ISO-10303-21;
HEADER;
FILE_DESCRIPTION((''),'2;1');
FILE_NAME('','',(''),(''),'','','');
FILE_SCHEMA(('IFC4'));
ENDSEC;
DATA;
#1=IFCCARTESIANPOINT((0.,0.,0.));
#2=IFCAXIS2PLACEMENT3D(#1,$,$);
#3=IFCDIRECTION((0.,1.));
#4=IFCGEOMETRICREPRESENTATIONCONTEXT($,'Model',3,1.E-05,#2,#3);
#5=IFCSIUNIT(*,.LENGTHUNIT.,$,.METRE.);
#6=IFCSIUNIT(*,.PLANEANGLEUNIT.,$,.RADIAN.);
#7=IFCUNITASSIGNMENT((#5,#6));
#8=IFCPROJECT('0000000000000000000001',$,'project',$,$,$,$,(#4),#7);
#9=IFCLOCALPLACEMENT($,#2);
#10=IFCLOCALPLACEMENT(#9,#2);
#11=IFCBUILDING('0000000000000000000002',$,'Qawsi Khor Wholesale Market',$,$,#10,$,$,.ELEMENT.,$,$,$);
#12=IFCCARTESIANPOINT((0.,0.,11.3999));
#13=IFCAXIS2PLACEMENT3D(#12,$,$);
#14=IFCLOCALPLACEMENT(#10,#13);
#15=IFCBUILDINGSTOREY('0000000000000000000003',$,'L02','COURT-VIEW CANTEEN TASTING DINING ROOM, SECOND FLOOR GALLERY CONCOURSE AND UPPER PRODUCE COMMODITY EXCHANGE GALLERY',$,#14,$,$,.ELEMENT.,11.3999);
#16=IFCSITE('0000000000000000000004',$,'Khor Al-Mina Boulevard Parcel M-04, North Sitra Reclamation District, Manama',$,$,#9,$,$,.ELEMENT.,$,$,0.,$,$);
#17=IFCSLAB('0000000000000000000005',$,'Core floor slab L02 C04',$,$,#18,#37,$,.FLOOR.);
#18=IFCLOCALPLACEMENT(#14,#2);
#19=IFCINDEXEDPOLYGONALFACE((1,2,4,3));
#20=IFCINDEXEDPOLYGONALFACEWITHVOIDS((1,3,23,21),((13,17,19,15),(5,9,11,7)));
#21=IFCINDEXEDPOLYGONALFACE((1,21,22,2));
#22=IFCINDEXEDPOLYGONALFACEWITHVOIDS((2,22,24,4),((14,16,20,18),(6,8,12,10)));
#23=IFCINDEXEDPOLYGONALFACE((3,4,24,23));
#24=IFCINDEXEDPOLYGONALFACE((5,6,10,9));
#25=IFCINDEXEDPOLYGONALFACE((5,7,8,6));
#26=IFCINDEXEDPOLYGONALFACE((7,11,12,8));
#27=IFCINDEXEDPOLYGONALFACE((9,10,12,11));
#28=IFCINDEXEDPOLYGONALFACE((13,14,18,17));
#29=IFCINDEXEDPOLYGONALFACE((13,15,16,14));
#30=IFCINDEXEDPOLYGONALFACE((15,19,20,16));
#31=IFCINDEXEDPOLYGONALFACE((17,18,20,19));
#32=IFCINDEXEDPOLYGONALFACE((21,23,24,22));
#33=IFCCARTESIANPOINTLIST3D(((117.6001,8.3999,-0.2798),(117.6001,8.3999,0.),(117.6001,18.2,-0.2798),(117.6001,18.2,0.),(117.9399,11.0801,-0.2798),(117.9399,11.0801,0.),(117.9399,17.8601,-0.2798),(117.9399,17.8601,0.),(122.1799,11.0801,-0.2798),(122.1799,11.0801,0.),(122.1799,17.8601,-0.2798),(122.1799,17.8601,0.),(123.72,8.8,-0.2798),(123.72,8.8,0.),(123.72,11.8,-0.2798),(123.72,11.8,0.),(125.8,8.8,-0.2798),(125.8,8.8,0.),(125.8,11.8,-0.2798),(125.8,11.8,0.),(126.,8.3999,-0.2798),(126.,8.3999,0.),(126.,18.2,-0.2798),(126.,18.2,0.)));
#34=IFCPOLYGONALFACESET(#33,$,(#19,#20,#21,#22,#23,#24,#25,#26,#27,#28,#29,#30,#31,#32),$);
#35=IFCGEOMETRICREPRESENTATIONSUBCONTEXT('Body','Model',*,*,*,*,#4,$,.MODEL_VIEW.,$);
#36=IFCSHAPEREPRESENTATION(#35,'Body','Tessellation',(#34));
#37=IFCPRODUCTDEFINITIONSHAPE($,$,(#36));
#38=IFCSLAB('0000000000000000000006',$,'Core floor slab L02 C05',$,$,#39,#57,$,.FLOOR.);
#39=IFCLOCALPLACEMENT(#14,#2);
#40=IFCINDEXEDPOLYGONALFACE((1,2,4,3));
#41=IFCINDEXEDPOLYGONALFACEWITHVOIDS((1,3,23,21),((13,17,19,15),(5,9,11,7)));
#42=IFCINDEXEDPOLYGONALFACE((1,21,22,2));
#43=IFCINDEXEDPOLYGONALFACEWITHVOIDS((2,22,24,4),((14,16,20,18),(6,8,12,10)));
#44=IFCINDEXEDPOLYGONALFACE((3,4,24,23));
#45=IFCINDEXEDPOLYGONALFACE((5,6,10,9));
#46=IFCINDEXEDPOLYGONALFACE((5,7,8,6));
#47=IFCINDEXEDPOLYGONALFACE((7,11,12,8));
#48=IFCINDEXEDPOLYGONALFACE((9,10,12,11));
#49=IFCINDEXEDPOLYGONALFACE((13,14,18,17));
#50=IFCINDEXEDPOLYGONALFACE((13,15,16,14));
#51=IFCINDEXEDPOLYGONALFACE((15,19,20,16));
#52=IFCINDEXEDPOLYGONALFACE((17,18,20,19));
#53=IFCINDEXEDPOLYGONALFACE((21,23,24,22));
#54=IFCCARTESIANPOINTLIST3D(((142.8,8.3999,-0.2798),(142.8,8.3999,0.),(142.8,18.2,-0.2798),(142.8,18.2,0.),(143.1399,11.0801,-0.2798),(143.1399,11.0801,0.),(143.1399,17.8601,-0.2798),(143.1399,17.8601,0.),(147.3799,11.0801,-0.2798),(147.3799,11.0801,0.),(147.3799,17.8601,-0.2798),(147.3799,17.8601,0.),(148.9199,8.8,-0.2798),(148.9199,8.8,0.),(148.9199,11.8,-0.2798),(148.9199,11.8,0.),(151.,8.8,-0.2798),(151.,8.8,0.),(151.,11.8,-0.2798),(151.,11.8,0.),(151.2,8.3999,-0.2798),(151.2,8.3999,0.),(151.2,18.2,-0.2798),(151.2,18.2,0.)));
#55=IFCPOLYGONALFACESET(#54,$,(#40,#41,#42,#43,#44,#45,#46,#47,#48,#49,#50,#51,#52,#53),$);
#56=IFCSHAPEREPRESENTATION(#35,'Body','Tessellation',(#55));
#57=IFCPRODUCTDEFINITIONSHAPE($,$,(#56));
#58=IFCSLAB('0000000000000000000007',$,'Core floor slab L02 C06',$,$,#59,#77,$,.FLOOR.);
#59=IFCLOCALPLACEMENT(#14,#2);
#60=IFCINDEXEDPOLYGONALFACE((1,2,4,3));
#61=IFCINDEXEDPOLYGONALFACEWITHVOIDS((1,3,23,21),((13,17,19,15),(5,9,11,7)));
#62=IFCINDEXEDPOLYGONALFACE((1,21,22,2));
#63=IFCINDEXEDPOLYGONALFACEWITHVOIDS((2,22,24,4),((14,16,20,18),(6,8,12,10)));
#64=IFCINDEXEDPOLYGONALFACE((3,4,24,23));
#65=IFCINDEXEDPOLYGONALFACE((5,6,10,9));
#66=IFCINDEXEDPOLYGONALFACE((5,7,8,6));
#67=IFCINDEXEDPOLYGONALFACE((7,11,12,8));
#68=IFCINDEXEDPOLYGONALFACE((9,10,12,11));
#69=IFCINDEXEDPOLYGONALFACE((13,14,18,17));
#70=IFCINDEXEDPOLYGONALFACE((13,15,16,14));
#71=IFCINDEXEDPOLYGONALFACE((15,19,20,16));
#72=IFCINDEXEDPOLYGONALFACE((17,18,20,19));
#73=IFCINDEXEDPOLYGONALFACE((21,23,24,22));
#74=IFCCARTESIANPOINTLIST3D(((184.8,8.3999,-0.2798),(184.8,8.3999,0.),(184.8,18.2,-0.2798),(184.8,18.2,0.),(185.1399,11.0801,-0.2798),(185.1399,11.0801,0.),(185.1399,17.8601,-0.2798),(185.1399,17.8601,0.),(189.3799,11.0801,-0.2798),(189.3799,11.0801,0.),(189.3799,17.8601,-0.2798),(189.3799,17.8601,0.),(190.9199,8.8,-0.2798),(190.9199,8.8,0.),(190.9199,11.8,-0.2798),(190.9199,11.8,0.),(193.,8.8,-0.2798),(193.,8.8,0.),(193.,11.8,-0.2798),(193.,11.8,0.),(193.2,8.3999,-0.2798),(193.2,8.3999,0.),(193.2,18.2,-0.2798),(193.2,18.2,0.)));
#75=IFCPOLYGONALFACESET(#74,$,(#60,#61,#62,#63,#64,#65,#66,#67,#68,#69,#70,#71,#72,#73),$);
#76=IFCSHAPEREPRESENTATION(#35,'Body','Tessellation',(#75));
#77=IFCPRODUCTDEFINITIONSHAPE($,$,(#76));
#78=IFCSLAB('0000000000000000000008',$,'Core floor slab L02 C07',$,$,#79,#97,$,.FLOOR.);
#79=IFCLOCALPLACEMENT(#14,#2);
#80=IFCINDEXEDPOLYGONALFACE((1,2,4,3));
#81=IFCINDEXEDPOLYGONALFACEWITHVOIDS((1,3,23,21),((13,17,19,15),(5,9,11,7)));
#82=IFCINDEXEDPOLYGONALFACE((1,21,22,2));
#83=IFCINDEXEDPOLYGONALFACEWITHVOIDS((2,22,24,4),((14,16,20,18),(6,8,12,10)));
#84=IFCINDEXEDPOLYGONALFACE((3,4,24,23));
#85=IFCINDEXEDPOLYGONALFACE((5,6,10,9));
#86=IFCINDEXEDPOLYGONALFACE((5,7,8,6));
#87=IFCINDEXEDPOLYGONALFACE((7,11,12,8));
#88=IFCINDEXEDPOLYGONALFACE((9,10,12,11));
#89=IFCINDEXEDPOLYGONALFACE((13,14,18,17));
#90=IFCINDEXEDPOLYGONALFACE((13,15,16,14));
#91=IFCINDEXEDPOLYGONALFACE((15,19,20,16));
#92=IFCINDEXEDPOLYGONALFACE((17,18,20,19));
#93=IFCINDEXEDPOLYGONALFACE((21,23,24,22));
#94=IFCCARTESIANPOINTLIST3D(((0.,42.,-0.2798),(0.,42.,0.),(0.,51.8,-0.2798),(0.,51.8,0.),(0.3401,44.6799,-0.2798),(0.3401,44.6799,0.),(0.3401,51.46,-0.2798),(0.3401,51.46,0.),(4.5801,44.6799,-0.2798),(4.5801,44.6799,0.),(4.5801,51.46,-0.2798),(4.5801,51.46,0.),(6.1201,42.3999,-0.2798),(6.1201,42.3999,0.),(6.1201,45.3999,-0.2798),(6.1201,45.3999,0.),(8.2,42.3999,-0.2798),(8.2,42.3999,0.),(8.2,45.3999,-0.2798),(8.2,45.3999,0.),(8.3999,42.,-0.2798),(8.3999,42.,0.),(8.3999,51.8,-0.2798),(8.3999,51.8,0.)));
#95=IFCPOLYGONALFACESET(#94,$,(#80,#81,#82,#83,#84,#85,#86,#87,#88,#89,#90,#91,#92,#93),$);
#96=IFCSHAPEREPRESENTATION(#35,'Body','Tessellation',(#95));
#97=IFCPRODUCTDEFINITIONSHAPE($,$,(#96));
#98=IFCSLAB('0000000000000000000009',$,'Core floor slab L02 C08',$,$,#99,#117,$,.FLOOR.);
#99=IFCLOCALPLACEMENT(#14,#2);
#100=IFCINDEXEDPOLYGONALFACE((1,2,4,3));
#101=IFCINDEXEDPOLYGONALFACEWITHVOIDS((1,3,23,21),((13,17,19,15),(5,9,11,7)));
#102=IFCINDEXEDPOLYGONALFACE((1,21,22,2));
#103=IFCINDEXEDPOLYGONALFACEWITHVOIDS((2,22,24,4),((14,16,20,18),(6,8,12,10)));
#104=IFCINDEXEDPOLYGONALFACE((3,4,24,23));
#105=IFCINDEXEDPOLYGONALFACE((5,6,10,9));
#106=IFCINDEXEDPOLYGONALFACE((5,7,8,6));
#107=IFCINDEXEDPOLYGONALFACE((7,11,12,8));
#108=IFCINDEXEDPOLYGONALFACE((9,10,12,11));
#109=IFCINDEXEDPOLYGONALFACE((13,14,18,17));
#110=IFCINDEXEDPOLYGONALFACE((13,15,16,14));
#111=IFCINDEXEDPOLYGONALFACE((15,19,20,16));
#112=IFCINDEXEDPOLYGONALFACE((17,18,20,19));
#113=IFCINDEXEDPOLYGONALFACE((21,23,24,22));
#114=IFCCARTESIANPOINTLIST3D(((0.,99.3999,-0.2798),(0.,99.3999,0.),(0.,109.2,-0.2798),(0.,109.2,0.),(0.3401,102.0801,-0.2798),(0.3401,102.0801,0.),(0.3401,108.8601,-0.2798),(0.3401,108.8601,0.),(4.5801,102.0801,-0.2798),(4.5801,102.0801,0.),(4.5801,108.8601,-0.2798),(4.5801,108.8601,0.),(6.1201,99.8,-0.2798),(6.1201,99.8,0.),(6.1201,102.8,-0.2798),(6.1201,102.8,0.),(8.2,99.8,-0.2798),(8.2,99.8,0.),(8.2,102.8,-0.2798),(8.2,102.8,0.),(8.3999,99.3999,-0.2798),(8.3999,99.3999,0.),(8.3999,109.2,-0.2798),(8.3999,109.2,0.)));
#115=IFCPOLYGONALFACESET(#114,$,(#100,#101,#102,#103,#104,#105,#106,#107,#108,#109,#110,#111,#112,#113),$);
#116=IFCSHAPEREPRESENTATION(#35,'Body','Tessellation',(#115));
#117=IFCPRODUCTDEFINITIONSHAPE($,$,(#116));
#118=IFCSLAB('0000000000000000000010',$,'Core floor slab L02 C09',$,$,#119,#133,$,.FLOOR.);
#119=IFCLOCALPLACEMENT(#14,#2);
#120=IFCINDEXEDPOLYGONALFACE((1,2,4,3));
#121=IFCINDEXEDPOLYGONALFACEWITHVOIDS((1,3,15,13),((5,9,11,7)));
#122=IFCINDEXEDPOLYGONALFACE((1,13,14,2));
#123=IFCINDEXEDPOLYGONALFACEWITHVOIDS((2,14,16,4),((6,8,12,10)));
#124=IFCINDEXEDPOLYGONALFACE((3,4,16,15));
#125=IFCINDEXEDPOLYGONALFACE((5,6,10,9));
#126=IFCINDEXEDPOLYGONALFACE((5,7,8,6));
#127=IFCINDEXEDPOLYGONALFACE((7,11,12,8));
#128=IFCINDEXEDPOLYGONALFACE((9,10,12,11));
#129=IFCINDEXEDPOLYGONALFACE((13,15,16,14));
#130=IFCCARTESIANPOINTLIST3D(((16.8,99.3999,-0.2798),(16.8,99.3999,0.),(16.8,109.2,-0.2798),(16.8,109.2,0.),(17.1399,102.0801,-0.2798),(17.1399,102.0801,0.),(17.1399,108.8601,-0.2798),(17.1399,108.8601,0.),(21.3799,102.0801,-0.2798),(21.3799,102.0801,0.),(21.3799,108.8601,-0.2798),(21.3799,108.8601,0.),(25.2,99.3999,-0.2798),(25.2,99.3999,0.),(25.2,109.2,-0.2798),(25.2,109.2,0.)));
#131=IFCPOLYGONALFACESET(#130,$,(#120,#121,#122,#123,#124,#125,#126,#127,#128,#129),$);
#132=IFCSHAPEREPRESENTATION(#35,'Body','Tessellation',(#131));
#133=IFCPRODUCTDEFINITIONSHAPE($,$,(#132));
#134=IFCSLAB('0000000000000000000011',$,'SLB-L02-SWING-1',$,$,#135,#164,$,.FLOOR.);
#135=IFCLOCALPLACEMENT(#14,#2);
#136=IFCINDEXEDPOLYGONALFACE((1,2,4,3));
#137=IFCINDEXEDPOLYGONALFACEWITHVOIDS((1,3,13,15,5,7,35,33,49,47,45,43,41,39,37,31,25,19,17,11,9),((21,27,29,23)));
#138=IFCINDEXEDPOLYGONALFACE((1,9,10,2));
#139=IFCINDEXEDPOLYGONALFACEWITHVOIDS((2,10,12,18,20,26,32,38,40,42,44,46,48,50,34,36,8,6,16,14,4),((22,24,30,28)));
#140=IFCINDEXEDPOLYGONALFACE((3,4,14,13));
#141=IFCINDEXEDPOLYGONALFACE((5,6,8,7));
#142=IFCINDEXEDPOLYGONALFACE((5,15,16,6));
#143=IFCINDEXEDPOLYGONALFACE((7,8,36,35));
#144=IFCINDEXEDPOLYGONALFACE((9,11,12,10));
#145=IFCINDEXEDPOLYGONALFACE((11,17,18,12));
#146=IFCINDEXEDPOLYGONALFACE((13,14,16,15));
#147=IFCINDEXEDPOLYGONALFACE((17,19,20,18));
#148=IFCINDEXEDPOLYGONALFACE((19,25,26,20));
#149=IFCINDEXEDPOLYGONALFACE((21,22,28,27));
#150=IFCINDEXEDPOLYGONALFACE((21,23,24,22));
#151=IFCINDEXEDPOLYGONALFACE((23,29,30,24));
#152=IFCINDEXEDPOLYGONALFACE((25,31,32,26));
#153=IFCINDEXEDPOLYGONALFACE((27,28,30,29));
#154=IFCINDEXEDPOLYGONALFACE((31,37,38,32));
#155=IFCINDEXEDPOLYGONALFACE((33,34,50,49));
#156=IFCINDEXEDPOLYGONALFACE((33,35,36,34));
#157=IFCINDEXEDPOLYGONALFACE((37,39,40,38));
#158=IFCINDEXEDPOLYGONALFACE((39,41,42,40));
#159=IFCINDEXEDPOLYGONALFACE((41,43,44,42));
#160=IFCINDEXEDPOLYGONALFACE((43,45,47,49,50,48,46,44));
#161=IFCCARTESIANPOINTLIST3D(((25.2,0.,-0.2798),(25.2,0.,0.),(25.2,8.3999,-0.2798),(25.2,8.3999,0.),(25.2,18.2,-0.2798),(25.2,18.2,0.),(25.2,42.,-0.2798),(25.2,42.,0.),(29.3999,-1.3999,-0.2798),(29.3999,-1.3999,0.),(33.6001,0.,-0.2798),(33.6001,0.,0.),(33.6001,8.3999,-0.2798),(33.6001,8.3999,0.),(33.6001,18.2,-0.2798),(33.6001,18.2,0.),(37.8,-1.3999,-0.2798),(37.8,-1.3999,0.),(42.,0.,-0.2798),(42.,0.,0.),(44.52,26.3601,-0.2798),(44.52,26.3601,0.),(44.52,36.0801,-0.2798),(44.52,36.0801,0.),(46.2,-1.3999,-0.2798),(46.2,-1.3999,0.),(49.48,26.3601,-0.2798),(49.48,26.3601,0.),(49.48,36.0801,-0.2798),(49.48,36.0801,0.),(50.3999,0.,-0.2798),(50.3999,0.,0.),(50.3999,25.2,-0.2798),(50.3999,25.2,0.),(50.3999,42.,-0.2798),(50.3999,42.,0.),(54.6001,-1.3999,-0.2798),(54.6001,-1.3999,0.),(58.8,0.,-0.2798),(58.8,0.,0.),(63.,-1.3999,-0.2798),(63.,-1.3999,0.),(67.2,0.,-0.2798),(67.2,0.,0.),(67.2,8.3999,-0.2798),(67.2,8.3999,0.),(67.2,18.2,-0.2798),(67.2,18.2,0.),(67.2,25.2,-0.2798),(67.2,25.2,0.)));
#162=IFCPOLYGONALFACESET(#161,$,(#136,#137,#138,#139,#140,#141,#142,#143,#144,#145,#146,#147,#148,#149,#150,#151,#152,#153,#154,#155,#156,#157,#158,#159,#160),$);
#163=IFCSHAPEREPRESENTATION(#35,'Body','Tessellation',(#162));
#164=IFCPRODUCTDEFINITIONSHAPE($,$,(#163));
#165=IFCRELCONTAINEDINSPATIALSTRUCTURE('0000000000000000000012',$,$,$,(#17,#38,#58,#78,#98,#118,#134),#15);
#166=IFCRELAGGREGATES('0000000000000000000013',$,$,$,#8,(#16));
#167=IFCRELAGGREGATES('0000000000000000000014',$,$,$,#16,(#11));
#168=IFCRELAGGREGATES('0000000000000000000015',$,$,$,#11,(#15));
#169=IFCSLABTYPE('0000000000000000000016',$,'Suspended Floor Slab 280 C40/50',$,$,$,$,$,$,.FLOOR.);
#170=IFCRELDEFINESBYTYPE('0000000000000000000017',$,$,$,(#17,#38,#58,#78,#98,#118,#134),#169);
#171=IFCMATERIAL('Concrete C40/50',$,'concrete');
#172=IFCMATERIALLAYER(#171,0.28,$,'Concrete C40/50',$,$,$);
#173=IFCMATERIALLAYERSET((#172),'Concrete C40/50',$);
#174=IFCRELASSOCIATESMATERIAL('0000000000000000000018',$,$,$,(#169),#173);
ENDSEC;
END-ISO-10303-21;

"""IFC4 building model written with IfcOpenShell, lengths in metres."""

from ifc_helpers import new_model, si_unit, direction, frame, origin, place, context, subcontext, project, spatial, polyline, outline, extrude, material, layer, layer_set, type_object, element, save


model = new_model("IFC4")

# Units and contexts
model_context = context("Model", 3, precision=1e-05, world=origin(), true_north=direction((0.0, 1.0)))
body_context = subcontext(model_context, "Body", "Model", "MODEL_VIEW")
ifc_project = project(units=[si_unit("LENGTHUNIT", "METRE"), si_unit("PLANEANGLEUNIT", "RADIAN")], contexts=[model_context])

# Site, building, storey
site_placement = place(None, origin())
site = spatial("IfcSite", under=ifc_project, at=site_placement, Name="Khor Al-Mina Boulevard Parcel M-04, North Sitra Reclamation District, Manama", CompositionType="ELEMENT", RefElevation=0.0)
building_placement = place(site_placement, origin())
building = spatial("IfcBuilding", under=site, at=building_placement, Name="Qawsi Khor Wholesale Market", CompositionType="ELEMENT")
storey_placement = place(building_placement, frame((0.0, 0.0, 11.3999)))
storey = spatial("IfcBuildingStorey", under=building, at=storey_placement, Name="L02", Description="COURT-VIEW CANTEEN TASTING DINING ROOM, SECOND FLOOR GALLERY CONCOURSE AND UPPER PRODUCE COMMODITY EXCHANGE GALLERY", CompositionType="ELEMENT", Elevation=11.3999)

# Shared definitions
ifc_material_1 = material(Name="Concrete C40/50", Category="concrete")

# Slabs
ifc_layer_1 = layer(ifc_material_1, 0.28, Name="Concrete C40/50")
ifc_layer_set_1 = layer_set([ifc_layer_1], Name="Concrete C40/50")
slab_type_1 = type_object("IfcSlabType", Name="Suspended Floor Slab 280 C40/50", PredefinedType="FLOOR", material=ifc_layer_set_1)
slab_1_placement = place(storey_placement, frame((0.0, 0.0, -0.2798)))
element("IfcSlab", 1, at=slab_1_placement, inside=storey, type_object=slab_type_1, Name="Core floor slab L02 C04", PredefinedType="FLOOR", context=body_context, shape_type="SweptSolid", body=[
    extrude(outline(polyline([(117.6001, 18.2), (126.0, 18.2), (126.0, 8.3999), (117.6001, 8.3999), (117.6001, 18.2)]), holes=[polyline([(123.72, 8.8), (125.8, 8.8), (125.8, 11.8), (123.72, 11.8), (123.72, 8.8)]), polyline([(117.9399, 11.0801), (122.1799, 11.0801), (122.1799, 17.8601), (117.9399, 17.8601), (117.9399, 11.0801)])]), origin(), (0.0, 0.0, 1.0), 0.2798),
])
slab_2_placement = place(storey_placement, frame((0.0, 0.0, -0.2798)))
element("IfcSlab", 2, at=slab_2_placement, inside=storey, type_object=slab_type_1, Name="Core floor slab L02 C05", PredefinedType="FLOOR", context=body_context, shape_type="SweptSolid", body=[
    extrude(outline(polyline([(142.8, 18.2), (151.2, 18.2), (151.2, 8.3999), (142.8, 8.3999), (142.8, 18.2)]), holes=[polyline([(148.9199, 8.8), (151.0, 8.8), (151.0, 11.8), (148.9199, 11.8), (148.9199, 8.8)]), polyline([(143.1399, 11.0801), (147.3799, 11.0801), (147.3799, 17.8601), (143.1399, 17.8601), (143.1399, 11.0801)])]), origin(), (0.0, 0.0, 1.0), 0.2798),
])
slab_3_placement = place(storey_placement, frame((0.0, 0.0, -0.2798)))
element("IfcSlab", 3, at=slab_3_placement, inside=storey, type_object=slab_type_1, Name="Core floor slab L02 C06", PredefinedType="FLOOR", context=body_context, shape_type="SweptSolid", body=[
    extrude(outline(polyline([(184.8, 18.2), (193.2, 18.2), (193.2, 8.3999), (184.8, 8.3999), (184.8, 18.2)]), holes=[polyline([(190.9199, 8.8), (193.0, 8.8), (193.0, 11.8), (190.9199, 11.8), (190.9199, 8.8)]), polyline([(185.1399, 11.0801), (189.3799, 11.0801), (189.3799, 17.8601), (185.1399, 17.8601), (185.1399, 11.0801)])]), origin(), (0.0, 0.0, 1.0), 0.2798),
])
slab_4_placement = place(storey_placement, frame((0.0, 0.0, -0.2798)))
element("IfcSlab", 4, at=slab_4_placement, inside=storey, type_object=slab_type_1, Name="Core floor slab L02 C07", PredefinedType="FLOOR", context=body_context, shape_type="SweptSolid", body=[
    extrude(outline(polyline([(0.0, 51.8), (8.3999, 51.8), (8.3999, 42.0), (0.0, 42.0), (0.0, 51.8)]), holes=[polyline([(6.1201, 42.3999), (8.2, 42.3999), (8.2, 45.3999), (6.1201, 45.3999), (6.1201, 42.3999)]), polyline([(0.3401, 44.6799), (4.5801, 44.6799), (4.5801, 51.46), (0.3401, 51.46), (0.3401, 44.6799)])]), origin(), (0.0, 0.0, 1.0), 0.2798),
])
slab_5_placement = place(storey_placement, frame((0.0, 0.0, -0.2798)))
element("IfcSlab", 5, at=slab_5_placement, inside=storey, type_object=slab_type_1, Name="Core floor slab L02 C08", PredefinedType="FLOOR", context=body_context, shape_type="SweptSolid", body=[
    extrude(outline(polyline([(0.0, 109.2), (8.3999, 109.2), (8.3999, 99.3999), (0.0, 99.3999), (0.0, 109.2)]), holes=[polyline([(6.1201, 99.8), (8.2, 99.8), (8.2, 102.8), (6.1201, 102.8), (6.1201, 99.8)]), polyline([(0.3401, 102.0801), (4.5801, 102.0801), (4.5801, 108.8601), (0.3401, 108.8601), (0.3401, 102.0801)])]), origin(), (0.0, 0.0, 1.0), 0.2798),
])
slab_6_placement = place(storey_placement, frame((0.0, 0.0, -0.2798)))
element("IfcSlab", 6, at=slab_6_placement, inside=storey, type_object=slab_type_1, Name="Core floor slab L02 C09", PredefinedType="FLOOR", context=body_context, shape_type="SweptSolid", body=[
    extrude(outline(polyline([(16.8, 109.2), (25.2, 109.2), (25.2, 99.3999), (16.8, 99.3999), (16.8, 109.2)]), holes=[polyline([(21.3799, 102.0801), (21.3799, 108.8601), (17.1399, 108.8601), (17.1399, 102.0801), (21.3799, 102.0801)])]), origin(), (0.0, 0.0, 1.0), 0.2798),
])
slab_7_placement = place(storey_placement, frame((0.0, 0.0, -0.2798)))
element("IfcSlab", 7, at=slab_7_placement, inside=storey, type_object=slab_type_1, Name="SLB-L02-SWING-1", PredefinedType="FLOOR", context=body_context, shape_type="SweptSolid", body=[
    extrude(outline(polyline([(25.2, 8.3999), (33.6001, 8.3999), (33.6001, 18.2), (25.2, 18.2), (25.2, 42.0), (50.3999, 42.0), (50.3999, 25.2), (67.2, 25.2), (67.2, 18.2), (67.2, 8.3999), (67.2, 0.0), (63.0, -1.3999), (58.8, 0.0), (54.6001, -1.3999), (50.3999, 0.0), (46.2, -1.3999), (42.0, 0.0), (37.8, -1.3999), (33.6001, 0.0), (29.3999, -1.3999), (25.2, 0.0), (25.2, 8.3999)]), holes=[polyline([(49.48, 36.0801), (44.52, 36.0801), (44.52, 26.3601), (49.48, 26.3601), (49.48, 36.0801)])]), origin(), (0.0, 0.0, 1.0), 0.2798),
])

save(model, "model.ifc")
